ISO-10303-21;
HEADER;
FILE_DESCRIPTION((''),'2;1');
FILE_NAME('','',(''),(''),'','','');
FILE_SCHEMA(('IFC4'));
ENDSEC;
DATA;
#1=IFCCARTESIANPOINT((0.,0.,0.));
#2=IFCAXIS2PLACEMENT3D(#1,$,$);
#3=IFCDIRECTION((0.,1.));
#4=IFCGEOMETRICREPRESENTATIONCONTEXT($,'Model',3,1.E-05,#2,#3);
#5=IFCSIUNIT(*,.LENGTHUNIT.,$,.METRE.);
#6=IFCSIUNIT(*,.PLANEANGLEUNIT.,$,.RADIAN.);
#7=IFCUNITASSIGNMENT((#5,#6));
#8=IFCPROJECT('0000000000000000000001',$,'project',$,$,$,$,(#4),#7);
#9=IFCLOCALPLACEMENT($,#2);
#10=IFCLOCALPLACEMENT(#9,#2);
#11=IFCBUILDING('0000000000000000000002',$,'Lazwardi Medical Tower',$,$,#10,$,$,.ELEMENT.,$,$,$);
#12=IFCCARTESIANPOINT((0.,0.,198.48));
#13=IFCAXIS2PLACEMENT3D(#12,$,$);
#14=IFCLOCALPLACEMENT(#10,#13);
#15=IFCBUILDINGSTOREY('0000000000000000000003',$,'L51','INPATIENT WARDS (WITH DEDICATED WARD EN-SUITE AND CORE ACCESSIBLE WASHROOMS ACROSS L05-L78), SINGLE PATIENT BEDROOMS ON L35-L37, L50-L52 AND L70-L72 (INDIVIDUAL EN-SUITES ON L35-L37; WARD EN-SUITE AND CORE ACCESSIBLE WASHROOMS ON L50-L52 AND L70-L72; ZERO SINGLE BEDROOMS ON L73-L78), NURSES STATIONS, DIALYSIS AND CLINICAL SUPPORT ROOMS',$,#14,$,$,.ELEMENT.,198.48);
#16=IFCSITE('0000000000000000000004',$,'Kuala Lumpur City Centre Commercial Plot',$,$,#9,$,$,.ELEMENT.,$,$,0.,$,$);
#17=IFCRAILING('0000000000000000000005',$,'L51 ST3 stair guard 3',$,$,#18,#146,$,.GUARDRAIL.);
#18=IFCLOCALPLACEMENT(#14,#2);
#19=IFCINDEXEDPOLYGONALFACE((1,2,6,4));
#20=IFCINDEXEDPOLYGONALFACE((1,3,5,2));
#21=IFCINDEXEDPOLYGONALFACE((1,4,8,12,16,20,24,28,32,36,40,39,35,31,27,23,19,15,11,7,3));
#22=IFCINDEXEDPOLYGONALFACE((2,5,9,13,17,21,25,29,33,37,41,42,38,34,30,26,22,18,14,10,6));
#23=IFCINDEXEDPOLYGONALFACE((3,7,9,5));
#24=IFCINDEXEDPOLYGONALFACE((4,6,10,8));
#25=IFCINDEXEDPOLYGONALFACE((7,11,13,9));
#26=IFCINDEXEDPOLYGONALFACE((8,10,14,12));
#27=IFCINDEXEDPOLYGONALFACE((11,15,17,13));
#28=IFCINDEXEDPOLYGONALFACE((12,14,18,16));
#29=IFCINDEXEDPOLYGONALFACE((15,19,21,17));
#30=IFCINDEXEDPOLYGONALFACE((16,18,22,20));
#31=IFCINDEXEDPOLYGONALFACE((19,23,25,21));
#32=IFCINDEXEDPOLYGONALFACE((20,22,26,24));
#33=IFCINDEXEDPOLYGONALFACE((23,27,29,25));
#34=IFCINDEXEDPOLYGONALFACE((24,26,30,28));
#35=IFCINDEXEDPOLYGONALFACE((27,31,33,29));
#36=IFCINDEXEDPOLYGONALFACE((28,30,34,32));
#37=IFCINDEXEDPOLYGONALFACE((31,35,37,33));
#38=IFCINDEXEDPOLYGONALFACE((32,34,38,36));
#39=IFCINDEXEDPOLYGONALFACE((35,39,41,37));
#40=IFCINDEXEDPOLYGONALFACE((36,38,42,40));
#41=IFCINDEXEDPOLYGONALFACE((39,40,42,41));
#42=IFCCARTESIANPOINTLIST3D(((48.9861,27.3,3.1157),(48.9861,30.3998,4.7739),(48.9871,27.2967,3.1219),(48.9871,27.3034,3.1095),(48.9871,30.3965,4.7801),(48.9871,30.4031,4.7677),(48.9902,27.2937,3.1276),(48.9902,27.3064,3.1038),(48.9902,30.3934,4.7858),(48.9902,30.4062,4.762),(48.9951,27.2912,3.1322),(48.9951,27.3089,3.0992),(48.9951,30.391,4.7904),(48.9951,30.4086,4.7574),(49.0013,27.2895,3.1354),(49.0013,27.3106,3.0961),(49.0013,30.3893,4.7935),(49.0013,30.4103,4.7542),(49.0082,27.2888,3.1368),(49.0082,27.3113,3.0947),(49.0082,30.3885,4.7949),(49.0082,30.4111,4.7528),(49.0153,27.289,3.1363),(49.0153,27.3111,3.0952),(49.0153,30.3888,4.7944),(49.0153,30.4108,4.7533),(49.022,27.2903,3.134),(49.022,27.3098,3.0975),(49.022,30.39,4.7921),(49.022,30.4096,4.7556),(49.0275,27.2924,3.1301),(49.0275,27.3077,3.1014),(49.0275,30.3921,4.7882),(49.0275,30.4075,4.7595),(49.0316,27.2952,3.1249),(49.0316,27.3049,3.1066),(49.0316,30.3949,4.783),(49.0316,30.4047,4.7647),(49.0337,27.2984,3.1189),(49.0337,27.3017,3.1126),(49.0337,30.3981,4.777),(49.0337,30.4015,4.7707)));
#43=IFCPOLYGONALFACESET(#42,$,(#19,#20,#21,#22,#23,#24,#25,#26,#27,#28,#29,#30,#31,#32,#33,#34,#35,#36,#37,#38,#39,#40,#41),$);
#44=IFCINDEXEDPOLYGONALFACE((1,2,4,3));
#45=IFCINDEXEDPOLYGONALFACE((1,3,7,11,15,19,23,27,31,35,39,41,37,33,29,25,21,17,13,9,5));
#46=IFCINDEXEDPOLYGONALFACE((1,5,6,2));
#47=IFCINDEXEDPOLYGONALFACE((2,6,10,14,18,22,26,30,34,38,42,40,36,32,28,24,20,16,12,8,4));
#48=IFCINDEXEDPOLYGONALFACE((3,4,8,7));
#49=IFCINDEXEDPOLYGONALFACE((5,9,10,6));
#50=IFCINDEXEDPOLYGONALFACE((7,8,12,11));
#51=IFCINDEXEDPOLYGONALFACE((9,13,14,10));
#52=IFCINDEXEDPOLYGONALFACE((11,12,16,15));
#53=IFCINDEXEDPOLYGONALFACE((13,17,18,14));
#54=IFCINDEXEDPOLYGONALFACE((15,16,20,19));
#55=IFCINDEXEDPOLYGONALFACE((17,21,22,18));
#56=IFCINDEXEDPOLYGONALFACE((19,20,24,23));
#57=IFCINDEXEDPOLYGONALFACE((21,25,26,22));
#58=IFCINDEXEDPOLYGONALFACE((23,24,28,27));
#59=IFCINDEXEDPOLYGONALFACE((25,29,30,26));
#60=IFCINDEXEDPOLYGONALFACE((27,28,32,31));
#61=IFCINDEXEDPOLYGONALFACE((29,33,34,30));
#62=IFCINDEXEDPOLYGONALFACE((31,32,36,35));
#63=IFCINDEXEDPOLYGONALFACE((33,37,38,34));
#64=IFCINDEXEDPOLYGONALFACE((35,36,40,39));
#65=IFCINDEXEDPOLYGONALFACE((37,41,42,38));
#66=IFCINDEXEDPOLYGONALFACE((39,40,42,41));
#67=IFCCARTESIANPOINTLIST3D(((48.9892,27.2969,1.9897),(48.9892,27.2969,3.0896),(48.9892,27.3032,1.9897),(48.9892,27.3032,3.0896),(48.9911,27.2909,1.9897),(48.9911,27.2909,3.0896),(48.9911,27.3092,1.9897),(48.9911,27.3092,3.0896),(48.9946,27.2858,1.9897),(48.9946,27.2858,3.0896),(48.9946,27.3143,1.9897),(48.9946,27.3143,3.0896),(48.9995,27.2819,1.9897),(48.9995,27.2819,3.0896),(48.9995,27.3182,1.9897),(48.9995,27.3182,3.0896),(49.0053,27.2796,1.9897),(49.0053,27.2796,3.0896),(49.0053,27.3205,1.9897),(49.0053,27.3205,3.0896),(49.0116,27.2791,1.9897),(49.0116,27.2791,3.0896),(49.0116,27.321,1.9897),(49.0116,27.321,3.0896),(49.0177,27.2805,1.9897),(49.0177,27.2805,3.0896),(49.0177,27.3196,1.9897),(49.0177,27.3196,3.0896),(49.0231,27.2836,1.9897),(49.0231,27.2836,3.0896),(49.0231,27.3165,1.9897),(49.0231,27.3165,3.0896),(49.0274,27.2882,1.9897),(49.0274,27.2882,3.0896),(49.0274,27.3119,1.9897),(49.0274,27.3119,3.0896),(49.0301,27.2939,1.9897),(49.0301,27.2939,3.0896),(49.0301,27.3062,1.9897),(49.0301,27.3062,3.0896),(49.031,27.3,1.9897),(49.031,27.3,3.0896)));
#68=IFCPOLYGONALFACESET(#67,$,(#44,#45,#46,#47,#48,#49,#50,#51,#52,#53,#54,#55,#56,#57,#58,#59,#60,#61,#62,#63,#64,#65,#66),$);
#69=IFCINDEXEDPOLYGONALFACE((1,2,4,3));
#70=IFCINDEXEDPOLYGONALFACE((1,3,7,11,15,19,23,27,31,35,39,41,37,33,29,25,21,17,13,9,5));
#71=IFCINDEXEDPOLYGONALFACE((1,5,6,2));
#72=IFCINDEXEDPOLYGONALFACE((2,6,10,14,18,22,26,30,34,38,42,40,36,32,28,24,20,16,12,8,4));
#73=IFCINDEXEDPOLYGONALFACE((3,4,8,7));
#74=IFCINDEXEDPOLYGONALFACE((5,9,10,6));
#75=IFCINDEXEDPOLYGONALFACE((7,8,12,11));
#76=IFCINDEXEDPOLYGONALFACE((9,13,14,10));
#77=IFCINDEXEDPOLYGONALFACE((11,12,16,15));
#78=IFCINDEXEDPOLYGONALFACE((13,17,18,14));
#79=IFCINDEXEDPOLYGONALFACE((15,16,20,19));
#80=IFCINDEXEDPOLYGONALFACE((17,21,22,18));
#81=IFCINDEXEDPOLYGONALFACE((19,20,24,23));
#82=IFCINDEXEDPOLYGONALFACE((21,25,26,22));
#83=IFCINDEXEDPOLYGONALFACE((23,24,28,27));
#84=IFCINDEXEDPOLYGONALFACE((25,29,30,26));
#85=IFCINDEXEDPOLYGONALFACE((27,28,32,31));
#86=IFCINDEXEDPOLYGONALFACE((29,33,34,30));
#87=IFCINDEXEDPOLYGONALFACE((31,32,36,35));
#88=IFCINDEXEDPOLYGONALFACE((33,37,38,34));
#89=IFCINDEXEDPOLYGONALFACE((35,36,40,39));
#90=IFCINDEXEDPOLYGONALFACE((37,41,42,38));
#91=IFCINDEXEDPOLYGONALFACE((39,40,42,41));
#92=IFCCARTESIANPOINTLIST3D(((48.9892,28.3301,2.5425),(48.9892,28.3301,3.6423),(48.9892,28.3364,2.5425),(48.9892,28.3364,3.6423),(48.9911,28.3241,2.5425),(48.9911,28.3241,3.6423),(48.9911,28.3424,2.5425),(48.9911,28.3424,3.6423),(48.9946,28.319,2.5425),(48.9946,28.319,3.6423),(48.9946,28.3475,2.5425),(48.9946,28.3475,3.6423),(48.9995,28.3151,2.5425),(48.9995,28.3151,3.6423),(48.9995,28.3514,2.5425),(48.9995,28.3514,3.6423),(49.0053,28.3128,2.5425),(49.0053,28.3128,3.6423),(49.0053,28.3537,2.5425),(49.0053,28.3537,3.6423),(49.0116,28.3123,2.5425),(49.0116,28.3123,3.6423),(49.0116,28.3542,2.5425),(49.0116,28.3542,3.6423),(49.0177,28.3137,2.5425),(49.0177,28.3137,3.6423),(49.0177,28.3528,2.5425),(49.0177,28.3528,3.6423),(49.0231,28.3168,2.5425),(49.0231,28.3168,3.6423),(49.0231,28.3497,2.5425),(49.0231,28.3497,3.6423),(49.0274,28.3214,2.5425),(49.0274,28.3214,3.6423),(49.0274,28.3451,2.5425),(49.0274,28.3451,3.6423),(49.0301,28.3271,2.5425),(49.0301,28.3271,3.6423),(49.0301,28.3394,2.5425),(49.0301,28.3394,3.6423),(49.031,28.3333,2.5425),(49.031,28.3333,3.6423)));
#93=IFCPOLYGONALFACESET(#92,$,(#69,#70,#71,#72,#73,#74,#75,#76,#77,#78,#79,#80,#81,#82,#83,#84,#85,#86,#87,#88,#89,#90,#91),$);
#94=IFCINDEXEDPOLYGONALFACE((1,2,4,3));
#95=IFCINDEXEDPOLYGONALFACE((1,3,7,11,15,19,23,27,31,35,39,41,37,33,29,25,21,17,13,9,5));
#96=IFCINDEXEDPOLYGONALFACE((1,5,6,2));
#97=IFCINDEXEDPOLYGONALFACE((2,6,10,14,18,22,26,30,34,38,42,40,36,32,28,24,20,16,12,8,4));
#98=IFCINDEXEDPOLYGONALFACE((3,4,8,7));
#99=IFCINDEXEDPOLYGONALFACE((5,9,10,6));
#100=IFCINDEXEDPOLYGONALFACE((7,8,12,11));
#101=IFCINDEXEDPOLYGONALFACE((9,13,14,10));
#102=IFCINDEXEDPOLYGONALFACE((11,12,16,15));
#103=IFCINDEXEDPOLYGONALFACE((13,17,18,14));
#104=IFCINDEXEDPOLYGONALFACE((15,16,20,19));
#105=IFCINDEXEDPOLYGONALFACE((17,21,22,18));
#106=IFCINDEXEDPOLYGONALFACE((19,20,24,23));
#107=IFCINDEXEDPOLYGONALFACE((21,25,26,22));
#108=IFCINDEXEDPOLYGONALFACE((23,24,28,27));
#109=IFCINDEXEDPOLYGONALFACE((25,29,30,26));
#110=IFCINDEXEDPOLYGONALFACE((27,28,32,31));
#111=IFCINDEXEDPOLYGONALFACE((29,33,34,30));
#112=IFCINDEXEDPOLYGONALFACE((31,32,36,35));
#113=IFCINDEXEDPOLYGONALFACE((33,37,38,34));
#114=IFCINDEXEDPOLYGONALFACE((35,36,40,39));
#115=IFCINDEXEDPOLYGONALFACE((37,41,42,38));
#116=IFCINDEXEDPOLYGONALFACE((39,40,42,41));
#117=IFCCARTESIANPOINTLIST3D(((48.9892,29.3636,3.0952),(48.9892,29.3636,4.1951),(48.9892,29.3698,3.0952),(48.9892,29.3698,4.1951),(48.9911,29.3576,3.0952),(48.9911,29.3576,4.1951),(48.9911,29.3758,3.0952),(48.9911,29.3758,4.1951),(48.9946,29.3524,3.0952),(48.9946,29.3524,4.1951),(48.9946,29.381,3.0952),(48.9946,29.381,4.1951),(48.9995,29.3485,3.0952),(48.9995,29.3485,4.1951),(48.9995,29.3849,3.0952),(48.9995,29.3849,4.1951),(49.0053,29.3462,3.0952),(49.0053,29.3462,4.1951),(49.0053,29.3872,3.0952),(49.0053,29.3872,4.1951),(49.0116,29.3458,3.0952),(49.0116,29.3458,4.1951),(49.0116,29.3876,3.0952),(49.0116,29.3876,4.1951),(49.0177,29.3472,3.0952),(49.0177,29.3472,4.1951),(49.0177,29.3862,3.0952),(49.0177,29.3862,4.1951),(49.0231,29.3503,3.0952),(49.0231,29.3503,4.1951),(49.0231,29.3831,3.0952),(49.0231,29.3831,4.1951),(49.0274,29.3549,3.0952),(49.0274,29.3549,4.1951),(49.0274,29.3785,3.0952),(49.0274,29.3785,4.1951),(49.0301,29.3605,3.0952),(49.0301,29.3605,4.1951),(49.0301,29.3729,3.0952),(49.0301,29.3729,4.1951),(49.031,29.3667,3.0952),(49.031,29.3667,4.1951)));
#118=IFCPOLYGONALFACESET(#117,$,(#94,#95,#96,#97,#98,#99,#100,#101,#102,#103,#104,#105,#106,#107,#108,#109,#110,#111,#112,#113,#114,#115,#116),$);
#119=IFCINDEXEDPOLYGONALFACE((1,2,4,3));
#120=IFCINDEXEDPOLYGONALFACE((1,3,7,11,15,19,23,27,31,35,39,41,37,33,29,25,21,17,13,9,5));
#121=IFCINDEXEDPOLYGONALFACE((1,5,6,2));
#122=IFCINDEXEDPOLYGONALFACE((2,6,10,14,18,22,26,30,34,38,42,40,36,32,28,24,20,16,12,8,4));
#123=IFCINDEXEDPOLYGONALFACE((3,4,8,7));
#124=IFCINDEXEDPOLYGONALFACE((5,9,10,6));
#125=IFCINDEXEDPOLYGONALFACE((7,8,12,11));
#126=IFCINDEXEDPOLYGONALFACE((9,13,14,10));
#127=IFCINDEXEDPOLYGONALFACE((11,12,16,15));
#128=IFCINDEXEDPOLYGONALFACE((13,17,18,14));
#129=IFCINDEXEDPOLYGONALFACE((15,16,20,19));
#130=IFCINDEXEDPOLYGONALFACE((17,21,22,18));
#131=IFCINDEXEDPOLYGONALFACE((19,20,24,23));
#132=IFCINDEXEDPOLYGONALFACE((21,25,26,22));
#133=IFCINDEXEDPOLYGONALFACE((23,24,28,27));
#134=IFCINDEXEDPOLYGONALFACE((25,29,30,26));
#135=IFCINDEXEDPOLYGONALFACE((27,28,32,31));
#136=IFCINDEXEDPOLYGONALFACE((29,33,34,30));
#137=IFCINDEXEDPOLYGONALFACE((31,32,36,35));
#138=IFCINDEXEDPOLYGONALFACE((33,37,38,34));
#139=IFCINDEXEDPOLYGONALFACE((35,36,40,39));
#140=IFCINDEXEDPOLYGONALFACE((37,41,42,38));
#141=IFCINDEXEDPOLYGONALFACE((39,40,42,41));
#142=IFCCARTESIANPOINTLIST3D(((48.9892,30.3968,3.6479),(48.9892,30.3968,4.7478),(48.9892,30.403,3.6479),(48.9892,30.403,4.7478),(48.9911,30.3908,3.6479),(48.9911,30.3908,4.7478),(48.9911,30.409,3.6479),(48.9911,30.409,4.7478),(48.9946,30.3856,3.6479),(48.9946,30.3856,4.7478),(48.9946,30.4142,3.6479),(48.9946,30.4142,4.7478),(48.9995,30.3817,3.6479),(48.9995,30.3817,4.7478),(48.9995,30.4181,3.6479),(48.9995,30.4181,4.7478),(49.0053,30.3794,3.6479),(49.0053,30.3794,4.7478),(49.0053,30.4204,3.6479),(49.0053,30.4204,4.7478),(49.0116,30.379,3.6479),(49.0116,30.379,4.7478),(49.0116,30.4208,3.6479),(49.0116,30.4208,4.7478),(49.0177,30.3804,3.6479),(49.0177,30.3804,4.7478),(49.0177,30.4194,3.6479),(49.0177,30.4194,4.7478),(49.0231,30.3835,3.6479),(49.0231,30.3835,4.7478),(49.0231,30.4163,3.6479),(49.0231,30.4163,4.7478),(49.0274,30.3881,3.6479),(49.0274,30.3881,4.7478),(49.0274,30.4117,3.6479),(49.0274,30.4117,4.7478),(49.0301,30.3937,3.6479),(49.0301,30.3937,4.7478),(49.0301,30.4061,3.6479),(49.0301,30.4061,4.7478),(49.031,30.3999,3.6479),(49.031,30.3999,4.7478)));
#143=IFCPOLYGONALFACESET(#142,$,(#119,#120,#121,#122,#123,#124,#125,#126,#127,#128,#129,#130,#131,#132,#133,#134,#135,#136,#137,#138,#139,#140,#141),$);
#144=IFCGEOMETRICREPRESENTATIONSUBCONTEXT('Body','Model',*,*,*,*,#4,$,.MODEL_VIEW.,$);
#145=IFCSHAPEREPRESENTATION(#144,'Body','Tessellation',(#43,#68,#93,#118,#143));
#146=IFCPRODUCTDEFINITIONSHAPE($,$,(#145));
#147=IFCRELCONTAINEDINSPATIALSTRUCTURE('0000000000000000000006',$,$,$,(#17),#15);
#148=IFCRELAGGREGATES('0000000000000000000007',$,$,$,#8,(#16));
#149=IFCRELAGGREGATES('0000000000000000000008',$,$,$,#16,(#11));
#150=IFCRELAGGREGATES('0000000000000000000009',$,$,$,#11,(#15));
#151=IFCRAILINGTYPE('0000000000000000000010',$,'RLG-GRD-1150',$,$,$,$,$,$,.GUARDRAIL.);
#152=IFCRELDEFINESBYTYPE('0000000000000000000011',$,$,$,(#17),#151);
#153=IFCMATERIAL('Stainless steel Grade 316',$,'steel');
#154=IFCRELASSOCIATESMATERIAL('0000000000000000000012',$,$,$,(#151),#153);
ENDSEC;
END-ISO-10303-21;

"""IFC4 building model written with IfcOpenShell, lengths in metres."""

from ifc_helpers import new_model, si_unit, direction, frame, origin, origin_2d, place, context, subcontext, project, spatial, circle, extrude, material, type_object, element, save


model = new_model("IFC4")

# Units and contexts
model_context = context("Model", 3, precision=1e-05, world=origin(), true_north=direction((0.0, 1.0)))
body_context = subcontext(model_context, "Body", "Model", "MODEL_VIEW")
ifc_project = project(units=[si_unit("LENGTHUNIT", "METRE"), si_unit("PLANEANGLEUNIT", "RADIAN")], contexts=[model_context])

# Site, building, storey
site_placement = place(None, origin())
site = spatial("IfcSite", under=ifc_project, at=site_placement, Name="Kuala Lumpur City Centre Commercial Plot", CompositionType="ELEMENT", RefElevation=0.0)
building_placement = place(site_placement, origin())
building = spatial("IfcBuilding", under=site, at=building_placement, Name="Lazwardi Medical Tower", CompositionType="ELEMENT")
storey_placement = place(building_placement, frame((0.0, 0.0, 198.48)))
storey = spatial("IfcBuildingStorey", under=building, at=storey_placement, Name="L51", Description="INPATIENT WARDS (WITH DEDICATED WARD EN-SUITE AND CORE ACCESSIBLE WASHROOMS ACROSS L05-L78), SINGLE PATIENT BEDROOMS ON L35-L37, L50-L52 AND L70-L72 (INDIVIDUAL EN-SUITES ON L35-L37; WARD EN-SUITE AND CORE ACCESSIBLE WASHROOMS ON L50-L52 AND L70-L72; ZERO SINGLE BEDROOMS ON L73-L78), NURSES STATIONS, DIALYSIS AND CLINICAL SUPPORT ROOMS", CompositionType="ELEMENT", Elevation=198.48)

# Railing
ifc_material_1 = material(Name="Stainless steel Grade 316", Category="steel")
railing_type_1 = type_object("IfcRailingType", Name="RLG-GRD-1150", PredefinedType="GUARDRAIL", material=ifc_material_1)
railing_1_placement = place(storey_placement, frame((49.01, 27.3, 1.9897)))
element("IfcRailing", 1, at=railing_1_placement, inside=storey, type_object=railing_type_1, Name="L51 ST3 stair guard 3", PredefinedType="GUARDRAIL", context=body_context, shape_type="SweptSolid", body=[
    extrude(circle(Radius=0.0239, at=origin_2d()), frame((0.0, 0.0, 1.126), z_axis=(0.0, 0.881768, 0.471684), x_axis=(-1.0, 0.0, 0.0)), (0.0, 0.0, 1.0), 3.5154),
    extrude(circle(Radius=0.021, at=origin_2d()), origin(), (0.0, 0.0, 1.0), 1.0999),
    extrude(circle(Radius=0.021, at=origin_2d()), frame((0.0, 1.0332, 0.5527)), (0.0, 0.0, 1.0), 1.0999),
    extrude(circle(Radius=0.021, at=origin_2d()), frame((0.0, 2.0667, 1.1055)), (0.0, 0.0, 1.0), 1.0999),
    extrude(circle(Radius=0.021, at=origin_2d()), frame((0.0, 3.0999, 1.6582)), (0.0, 0.0, 1.0), 1.0999),
])

save(model, "model.ifc")
